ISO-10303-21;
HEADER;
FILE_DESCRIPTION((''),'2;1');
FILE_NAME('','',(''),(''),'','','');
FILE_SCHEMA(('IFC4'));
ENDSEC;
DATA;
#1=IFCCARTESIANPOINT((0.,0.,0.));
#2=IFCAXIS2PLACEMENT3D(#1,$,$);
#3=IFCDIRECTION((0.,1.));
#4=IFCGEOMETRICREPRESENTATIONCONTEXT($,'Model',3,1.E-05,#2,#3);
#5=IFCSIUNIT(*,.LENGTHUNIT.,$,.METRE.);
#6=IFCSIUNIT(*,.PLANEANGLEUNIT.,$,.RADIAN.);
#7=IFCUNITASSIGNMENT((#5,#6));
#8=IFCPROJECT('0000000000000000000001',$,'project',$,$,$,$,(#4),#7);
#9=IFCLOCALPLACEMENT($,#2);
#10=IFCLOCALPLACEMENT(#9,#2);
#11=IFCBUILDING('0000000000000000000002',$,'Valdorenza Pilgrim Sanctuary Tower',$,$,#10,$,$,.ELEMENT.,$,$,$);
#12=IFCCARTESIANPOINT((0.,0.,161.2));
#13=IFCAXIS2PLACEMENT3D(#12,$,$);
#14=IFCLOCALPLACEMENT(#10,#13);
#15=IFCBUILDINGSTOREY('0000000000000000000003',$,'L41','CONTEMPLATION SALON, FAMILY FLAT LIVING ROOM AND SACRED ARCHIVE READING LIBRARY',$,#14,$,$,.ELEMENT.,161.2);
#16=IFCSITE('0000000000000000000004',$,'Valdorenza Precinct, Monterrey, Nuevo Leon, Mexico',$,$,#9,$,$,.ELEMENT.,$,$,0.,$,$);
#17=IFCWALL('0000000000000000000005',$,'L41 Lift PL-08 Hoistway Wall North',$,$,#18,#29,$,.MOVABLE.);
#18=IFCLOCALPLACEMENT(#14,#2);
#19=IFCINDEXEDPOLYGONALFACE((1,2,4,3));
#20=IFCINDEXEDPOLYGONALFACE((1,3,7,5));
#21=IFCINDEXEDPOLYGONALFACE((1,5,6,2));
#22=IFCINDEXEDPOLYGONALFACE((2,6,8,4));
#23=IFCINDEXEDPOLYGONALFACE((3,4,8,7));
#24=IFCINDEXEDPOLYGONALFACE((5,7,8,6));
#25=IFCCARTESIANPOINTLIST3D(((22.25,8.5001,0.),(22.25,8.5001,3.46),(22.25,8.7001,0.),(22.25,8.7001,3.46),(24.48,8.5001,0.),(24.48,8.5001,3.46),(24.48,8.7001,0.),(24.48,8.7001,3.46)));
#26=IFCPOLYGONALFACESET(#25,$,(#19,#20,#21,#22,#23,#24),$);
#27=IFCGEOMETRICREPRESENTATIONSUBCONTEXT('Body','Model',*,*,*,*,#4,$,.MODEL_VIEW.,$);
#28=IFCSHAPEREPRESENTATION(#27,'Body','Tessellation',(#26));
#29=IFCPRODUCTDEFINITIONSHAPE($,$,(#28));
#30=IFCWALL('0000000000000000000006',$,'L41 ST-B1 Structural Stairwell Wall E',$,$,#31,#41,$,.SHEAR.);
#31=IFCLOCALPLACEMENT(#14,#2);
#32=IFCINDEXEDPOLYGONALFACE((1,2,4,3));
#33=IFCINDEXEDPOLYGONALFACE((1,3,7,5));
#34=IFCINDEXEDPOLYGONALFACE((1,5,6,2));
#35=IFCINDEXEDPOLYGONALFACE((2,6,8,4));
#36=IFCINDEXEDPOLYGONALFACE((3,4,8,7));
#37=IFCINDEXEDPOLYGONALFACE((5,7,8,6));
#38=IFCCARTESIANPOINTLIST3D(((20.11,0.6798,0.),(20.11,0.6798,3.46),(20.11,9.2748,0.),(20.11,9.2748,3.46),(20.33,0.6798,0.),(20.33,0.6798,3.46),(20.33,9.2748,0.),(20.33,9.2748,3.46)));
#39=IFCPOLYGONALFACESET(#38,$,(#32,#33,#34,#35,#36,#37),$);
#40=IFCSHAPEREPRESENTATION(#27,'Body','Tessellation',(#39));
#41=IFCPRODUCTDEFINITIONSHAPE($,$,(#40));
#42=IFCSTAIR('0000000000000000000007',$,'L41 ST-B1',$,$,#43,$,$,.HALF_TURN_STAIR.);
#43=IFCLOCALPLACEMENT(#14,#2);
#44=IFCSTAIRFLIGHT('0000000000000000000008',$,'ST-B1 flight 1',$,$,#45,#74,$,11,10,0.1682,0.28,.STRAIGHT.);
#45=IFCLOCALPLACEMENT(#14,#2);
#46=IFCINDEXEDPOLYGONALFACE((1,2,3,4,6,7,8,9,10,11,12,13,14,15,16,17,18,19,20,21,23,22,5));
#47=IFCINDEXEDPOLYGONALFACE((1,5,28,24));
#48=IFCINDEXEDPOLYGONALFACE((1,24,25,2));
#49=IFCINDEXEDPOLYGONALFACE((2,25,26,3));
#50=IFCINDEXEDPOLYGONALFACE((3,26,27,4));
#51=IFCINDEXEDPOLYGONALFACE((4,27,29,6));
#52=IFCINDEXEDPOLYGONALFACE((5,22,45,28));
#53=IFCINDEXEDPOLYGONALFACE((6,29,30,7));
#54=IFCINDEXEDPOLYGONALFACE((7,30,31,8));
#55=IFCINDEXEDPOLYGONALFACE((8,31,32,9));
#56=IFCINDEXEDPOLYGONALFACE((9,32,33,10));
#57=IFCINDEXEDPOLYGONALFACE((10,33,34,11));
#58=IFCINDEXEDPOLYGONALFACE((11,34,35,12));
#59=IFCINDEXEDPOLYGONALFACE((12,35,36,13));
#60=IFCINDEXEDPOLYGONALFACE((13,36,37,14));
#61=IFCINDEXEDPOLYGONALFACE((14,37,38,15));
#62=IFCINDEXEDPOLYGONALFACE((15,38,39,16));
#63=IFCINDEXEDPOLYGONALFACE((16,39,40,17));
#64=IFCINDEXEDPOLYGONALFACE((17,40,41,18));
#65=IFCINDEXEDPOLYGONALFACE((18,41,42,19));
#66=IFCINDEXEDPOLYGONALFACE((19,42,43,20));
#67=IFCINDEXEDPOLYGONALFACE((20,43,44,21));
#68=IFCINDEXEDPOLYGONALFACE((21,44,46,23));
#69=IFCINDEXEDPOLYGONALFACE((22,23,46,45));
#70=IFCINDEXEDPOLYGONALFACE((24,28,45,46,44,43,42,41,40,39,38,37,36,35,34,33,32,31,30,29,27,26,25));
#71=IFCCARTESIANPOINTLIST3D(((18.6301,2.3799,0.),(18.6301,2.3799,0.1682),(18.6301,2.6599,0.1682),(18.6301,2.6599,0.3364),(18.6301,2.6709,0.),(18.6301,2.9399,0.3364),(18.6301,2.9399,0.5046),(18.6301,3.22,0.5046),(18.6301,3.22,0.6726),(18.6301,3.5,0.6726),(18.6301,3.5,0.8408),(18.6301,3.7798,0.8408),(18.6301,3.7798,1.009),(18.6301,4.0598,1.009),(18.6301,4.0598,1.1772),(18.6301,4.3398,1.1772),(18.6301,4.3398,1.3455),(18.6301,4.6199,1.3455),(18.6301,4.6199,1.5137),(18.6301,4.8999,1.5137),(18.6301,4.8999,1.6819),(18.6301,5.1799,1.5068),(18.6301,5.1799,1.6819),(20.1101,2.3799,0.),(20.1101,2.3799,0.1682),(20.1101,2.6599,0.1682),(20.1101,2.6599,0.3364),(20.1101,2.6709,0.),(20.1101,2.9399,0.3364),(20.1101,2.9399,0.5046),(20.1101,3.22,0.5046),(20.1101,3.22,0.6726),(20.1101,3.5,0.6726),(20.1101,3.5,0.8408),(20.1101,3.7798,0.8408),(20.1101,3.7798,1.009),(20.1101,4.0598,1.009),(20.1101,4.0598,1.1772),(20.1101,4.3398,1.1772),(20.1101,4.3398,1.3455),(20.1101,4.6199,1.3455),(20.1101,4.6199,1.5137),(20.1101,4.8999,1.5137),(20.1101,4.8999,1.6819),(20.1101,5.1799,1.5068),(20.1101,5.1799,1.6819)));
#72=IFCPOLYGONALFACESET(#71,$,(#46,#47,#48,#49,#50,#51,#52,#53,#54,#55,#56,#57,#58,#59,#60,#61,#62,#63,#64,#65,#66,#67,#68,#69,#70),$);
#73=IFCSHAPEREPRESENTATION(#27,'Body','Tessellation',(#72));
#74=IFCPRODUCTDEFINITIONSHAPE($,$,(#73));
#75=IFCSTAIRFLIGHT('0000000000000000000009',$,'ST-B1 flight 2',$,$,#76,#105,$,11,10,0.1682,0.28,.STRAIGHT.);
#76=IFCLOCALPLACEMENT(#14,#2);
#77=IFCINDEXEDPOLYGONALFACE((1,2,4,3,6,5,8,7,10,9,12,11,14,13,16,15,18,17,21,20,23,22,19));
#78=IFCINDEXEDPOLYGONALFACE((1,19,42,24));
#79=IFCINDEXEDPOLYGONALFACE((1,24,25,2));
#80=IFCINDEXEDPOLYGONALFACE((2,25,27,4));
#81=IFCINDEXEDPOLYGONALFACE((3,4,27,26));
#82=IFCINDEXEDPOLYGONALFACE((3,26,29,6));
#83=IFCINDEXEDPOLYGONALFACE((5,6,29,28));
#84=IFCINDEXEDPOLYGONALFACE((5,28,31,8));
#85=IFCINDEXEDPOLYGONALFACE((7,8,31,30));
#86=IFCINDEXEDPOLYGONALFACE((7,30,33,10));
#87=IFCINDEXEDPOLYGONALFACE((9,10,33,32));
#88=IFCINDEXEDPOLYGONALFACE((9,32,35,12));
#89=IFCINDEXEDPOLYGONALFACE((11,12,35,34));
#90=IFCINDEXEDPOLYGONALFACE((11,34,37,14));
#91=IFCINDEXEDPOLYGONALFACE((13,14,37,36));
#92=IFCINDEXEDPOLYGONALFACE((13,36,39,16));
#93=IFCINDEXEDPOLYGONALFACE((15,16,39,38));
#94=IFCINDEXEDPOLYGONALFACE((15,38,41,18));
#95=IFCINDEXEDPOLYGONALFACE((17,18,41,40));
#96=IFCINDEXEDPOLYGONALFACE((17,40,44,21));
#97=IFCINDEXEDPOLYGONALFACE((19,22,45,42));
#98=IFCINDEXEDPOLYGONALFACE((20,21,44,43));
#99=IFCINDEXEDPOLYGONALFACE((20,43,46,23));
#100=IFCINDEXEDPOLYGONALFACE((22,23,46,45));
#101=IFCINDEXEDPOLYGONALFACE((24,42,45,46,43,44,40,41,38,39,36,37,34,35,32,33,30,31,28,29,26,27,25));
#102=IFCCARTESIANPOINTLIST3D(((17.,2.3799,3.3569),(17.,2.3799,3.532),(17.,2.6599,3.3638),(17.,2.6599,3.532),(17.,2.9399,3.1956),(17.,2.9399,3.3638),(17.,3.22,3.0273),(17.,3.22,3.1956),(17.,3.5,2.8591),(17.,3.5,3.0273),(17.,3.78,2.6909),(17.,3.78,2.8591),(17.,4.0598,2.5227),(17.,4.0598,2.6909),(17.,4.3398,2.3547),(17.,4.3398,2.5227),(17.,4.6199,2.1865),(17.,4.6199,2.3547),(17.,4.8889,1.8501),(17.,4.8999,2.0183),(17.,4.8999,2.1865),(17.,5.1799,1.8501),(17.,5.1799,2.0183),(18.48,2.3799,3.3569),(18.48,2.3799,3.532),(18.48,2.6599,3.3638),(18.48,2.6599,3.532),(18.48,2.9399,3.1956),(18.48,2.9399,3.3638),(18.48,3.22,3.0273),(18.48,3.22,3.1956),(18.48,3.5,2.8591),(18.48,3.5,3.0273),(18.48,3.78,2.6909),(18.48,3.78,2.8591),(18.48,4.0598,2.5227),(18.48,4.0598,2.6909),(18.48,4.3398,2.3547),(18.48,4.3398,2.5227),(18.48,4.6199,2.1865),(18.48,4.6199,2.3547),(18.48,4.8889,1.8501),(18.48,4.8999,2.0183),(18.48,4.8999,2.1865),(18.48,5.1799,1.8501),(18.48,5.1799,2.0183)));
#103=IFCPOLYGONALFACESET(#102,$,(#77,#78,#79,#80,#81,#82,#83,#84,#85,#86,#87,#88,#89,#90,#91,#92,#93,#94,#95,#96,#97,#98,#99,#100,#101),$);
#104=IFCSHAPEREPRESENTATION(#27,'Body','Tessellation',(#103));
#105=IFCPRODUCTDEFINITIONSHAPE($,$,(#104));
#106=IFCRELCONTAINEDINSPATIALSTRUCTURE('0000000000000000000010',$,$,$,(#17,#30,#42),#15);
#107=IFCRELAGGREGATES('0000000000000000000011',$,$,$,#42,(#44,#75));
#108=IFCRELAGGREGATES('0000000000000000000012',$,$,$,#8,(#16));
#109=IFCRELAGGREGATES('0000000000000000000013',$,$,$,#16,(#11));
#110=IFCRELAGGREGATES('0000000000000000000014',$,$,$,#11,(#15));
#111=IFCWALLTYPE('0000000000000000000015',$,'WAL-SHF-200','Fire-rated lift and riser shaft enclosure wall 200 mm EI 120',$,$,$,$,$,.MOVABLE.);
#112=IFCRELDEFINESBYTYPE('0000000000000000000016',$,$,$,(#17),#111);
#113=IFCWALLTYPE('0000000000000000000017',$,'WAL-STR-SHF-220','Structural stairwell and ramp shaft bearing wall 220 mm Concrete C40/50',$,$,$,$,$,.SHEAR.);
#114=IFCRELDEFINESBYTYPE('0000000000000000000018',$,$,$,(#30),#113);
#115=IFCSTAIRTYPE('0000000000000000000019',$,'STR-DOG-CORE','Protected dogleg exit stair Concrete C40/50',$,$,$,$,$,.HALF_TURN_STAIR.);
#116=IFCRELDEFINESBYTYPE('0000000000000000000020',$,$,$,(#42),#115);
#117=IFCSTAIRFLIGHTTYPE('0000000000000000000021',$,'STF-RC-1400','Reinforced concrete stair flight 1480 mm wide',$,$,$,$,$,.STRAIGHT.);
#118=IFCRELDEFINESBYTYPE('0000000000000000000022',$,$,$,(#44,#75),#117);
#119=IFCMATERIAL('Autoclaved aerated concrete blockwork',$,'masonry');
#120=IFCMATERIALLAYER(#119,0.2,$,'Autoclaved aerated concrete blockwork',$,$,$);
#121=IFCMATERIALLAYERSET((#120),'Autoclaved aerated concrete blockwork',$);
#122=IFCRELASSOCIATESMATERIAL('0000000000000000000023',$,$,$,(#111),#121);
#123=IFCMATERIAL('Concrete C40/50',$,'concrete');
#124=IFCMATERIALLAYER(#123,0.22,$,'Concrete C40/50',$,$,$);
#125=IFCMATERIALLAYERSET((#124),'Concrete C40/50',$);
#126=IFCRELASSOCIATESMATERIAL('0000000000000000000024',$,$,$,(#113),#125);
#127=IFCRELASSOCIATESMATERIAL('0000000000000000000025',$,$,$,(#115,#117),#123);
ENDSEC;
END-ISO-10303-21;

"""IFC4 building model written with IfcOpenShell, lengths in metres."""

from ifc_helpers import new_model, si_unit, direction, frame, frame_2d, origin, place, context, subcontext, project, spatial, polyline, rectangle, outline, extrude, material, layer, layer_set, type_object, element, aggregate, save


model = new_model("IFC4")

# Units and contexts
model_context = context("Model", 3, precision=1e-05, world=origin(), true_north=direction((0.0, 1.0)))
body_context = subcontext(model_context, "Body", "Model", "MODEL_VIEW")
ifc_project = project(units=[si_unit("LENGTHUNIT", "METRE"), si_unit("PLANEANGLEUNIT", "RADIAN")], contexts=[model_context])

# Site, building, storey
site_placement = place(None, origin())
site = spatial("IfcSite", under=ifc_project, at=site_placement, Name="Valdorenza Precinct, Monterrey, Nuevo Leon, Mexico", CompositionType="ELEMENT", RefElevation=0.0)
building_placement = place(site_placement, origin())
building = spatial("IfcBuilding", under=site, at=building_placement, Name="Valdorenza Pilgrim Sanctuary Tower", CompositionType="ELEMENT")
storey_placement = place(building_placement, frame((0.0, 0.0, 161.2)))
storey = spatial("IfcBuildingStorey", under=building, at=storey_placement, Name="L41", Description="CONTEMPLATION SALON, FAMILY FLAT LIVING ROOM AND SACRED ARCHIVE READING LIBRARY", CompositionType="ELEMENT", Elevation=161.2)

# Shared definitions
ifc_material_1 = material(Name="Autoclaved aerated concrete blockwork", Category="masonry")
ifc_layer_1 = layer(ifc_material_1, 0.2, Name="Autoclaved aerated concrete blockwork")
ifc_layer_set_1 = layer_set([ifc_layer_1], Name="Autoclaved aerated concrete blockwork")
wall_type_1 = type_object("IfcWallType", Name="WAL-SHF-200", Description="Fire-rated lift and riser shaft enclosure wall 200 mm EI 120", PredefinedType="MOVABLE", material=ifc_layer_set_1)

# Walls
wall_1_placement = place(storey_placement, frame((22.25, 8.6001, 0.0), z_axis=(0.0, 0.0, 1.0), x_axis=(1.0, 0.0, 0.0)))
element("IfcWall", 1, at=wall_1_placement, inside=storey, type_object=wall_type_1, Name="L41 Lift PL-08 Hoistway Wall North", PredefinedType="MOVABLE", context=body_context, shape_type="SweptSolid", body=[
    extrude(rectangle(XDim=2.23, YDim=0.2, at=frame_2d((1.115, 0.0))), origin(), (0.0, 0.0, 1.0), 3.46),
])
ifc_material_2 = material(Name="Concrete C40/50", Category="concrete")
ifc_layer_2 = layer(ifc_material_2, 0.22, Name="Concrete C40/50")
ifc_layer_set_2 = layer_set([ifc_layer_2], Name="Concrete C40/50")
wall_type_2 = type_object("IfcWallType", Name="WAL-STR-SHF-220", Description="Structural stairwell and ramp shaft bearing wall 220 mm Concrete C40/50", PredefinedType="SHEAR", material=ifc_layer_set_2)
wall_2_placement = place(storey_placement, frame((20.22, 0.6799, 0.0), z_axis=(0.0, 0.0, 1.0), x_axis=(0.0, 1.0, 0.0)))
element("IfcWall", 2, at=wall_2_placement, inside=storey, type_object=wall_type_2, Name="L41 ST-B1 Structural Stairwell Wall E", PredefinedType="SHEAR", context=body_context, shape_type="SweptSolid", body=[
    extrude(rectangle(XDim=8.595, YDim=0.22, at=frame_2d((4.2974, 0.0))), origin(), (0.0, 0.0, 1.0), 3.46),
])

# Stair, stair flights
stair_type = type_object("IfcStairType", Name="STR-DOG-CORE", Description="Protected dogleg exit stair Concrete C40/50", PredefinedType="HALF_TURN_STAIR", material=ifc_material_2)
stair_placement = place(storey_placement, origin())
stair = element("IfcStair", 3, at=stair_placement, inside=storey, type_object=stair_type, Name="L41 ST-B1", PredefinedType="HALF_TURN_STAIR")
stair_flight_type = type_object("IfcStairFlightType", Name="STF-RC-1400", Description="Reinforced concrete stair flight 1480 mm wide", PredefinedType="STRAIGHT", material=ifc_material_2)
stair_flight_1_placement = place(storey_placement, frame((19.3701, 2.3799, 0.0), z_axis=(0.0, 0.0, 1.0), x_axis=(0.0, 1.0, 0.0)))
stair_flight_1 = element("IfcStairFlight", 4, at=stair_flight_1_placement, type_object=stair_flight_type, Name="ST-B1 flight 1", NumberOfRisers=11, NumberOfTreads=10, PredefinedType="STRAIGHT", RiserHeight=0.1682, TreadLength=0.28, context=body_context, shape_type="SweptSolid", body=[
    extrude(outline(polyline([(0.0, 0.0), (0.0, 0.1682), (0.28, 0.1682), (0.28, 0.3364), (0.5601, 0.3364), (0.5601, 0.5046), (0.8401, 0.5046), (0.8401, 0.6726), (1.1201, 0.6726), (1.1201, 0.8408), (1.3999, 0.8408), (1.3999, 1.009), (1.6799, 1.009), (1.6799, 1.1772), (1.96, 1.1772), (1.96, 1.3455), (2.24, 1.3455), (2.24, 1.5137), (2.52, 1.5137), (2.52, 1.6819), (2.8, 1.6819), (2.8, 1.8501), (2.8, 1.5068), (0.291, 0.0), (0.0, 0.0)])), frame((0.0, 0.74, 0.0), z_axis=(0.0, -1.0, 0.0), x_axis=(1.0, 0.0, 0.0)), (0.0, 0.0, 1.0), 1.48),
])
stair_flight_2_placement = place(storey_placement, frame((17.74, 5.1799, 1.8501), z_axis=(0.0, 0.0, 1.0), x_axis=(0.0, -1.0, 0.0)))
stair_flight_2 = element("IfcStairFlight", 5, at=stair_flight_2_placement, type_object=stair_flight_type, Name="ST-B1 flight 2", NumberOfRisers=11, NumberOfTreads=10, PredefinedType="STRAIGHT", RiserHeight=0.1682, TreadLength=0.28, context=body_context, shape_type="SweptSolid", body=[
    extrude(outline(polyline([(0.0, 0.0), (0.0, 0.1682), (0.28, 0.1682), (0.28, 0.3364), (0.5601, 0.3364), (0.5601, 0.5046), (0.8401, 0.5046), (0.8401, 0.6726), (1.1201, 0.6726), (1.1201, 0.8408), (1.3999, 0.8408), (1.3999, 1.009), (1.6799, 1.009), (1.6799, 1.1772), (1.96, 1.1772), (1.96, 1.3455), (2.24, 1.3455), (2.24, 1.5137), (2.52, 1.5137), (2.52, 1.6819), (2.8, 1.6819), (2.8, 1.8501), (2.8, 1.5068), (0.291, 0.0), (0.0, 0.0)])), frame((0.0, 0.74, 0.0), z_axis=(0.0, -1.0, 0.0), x_axis=(1.0, 0.0, 0.0)), (0.0, 0.0, 1.0), 1.48),
])
aggregate(stair, [stair_flight_1, stair_flight_2])

save(model, "model.ifc")
